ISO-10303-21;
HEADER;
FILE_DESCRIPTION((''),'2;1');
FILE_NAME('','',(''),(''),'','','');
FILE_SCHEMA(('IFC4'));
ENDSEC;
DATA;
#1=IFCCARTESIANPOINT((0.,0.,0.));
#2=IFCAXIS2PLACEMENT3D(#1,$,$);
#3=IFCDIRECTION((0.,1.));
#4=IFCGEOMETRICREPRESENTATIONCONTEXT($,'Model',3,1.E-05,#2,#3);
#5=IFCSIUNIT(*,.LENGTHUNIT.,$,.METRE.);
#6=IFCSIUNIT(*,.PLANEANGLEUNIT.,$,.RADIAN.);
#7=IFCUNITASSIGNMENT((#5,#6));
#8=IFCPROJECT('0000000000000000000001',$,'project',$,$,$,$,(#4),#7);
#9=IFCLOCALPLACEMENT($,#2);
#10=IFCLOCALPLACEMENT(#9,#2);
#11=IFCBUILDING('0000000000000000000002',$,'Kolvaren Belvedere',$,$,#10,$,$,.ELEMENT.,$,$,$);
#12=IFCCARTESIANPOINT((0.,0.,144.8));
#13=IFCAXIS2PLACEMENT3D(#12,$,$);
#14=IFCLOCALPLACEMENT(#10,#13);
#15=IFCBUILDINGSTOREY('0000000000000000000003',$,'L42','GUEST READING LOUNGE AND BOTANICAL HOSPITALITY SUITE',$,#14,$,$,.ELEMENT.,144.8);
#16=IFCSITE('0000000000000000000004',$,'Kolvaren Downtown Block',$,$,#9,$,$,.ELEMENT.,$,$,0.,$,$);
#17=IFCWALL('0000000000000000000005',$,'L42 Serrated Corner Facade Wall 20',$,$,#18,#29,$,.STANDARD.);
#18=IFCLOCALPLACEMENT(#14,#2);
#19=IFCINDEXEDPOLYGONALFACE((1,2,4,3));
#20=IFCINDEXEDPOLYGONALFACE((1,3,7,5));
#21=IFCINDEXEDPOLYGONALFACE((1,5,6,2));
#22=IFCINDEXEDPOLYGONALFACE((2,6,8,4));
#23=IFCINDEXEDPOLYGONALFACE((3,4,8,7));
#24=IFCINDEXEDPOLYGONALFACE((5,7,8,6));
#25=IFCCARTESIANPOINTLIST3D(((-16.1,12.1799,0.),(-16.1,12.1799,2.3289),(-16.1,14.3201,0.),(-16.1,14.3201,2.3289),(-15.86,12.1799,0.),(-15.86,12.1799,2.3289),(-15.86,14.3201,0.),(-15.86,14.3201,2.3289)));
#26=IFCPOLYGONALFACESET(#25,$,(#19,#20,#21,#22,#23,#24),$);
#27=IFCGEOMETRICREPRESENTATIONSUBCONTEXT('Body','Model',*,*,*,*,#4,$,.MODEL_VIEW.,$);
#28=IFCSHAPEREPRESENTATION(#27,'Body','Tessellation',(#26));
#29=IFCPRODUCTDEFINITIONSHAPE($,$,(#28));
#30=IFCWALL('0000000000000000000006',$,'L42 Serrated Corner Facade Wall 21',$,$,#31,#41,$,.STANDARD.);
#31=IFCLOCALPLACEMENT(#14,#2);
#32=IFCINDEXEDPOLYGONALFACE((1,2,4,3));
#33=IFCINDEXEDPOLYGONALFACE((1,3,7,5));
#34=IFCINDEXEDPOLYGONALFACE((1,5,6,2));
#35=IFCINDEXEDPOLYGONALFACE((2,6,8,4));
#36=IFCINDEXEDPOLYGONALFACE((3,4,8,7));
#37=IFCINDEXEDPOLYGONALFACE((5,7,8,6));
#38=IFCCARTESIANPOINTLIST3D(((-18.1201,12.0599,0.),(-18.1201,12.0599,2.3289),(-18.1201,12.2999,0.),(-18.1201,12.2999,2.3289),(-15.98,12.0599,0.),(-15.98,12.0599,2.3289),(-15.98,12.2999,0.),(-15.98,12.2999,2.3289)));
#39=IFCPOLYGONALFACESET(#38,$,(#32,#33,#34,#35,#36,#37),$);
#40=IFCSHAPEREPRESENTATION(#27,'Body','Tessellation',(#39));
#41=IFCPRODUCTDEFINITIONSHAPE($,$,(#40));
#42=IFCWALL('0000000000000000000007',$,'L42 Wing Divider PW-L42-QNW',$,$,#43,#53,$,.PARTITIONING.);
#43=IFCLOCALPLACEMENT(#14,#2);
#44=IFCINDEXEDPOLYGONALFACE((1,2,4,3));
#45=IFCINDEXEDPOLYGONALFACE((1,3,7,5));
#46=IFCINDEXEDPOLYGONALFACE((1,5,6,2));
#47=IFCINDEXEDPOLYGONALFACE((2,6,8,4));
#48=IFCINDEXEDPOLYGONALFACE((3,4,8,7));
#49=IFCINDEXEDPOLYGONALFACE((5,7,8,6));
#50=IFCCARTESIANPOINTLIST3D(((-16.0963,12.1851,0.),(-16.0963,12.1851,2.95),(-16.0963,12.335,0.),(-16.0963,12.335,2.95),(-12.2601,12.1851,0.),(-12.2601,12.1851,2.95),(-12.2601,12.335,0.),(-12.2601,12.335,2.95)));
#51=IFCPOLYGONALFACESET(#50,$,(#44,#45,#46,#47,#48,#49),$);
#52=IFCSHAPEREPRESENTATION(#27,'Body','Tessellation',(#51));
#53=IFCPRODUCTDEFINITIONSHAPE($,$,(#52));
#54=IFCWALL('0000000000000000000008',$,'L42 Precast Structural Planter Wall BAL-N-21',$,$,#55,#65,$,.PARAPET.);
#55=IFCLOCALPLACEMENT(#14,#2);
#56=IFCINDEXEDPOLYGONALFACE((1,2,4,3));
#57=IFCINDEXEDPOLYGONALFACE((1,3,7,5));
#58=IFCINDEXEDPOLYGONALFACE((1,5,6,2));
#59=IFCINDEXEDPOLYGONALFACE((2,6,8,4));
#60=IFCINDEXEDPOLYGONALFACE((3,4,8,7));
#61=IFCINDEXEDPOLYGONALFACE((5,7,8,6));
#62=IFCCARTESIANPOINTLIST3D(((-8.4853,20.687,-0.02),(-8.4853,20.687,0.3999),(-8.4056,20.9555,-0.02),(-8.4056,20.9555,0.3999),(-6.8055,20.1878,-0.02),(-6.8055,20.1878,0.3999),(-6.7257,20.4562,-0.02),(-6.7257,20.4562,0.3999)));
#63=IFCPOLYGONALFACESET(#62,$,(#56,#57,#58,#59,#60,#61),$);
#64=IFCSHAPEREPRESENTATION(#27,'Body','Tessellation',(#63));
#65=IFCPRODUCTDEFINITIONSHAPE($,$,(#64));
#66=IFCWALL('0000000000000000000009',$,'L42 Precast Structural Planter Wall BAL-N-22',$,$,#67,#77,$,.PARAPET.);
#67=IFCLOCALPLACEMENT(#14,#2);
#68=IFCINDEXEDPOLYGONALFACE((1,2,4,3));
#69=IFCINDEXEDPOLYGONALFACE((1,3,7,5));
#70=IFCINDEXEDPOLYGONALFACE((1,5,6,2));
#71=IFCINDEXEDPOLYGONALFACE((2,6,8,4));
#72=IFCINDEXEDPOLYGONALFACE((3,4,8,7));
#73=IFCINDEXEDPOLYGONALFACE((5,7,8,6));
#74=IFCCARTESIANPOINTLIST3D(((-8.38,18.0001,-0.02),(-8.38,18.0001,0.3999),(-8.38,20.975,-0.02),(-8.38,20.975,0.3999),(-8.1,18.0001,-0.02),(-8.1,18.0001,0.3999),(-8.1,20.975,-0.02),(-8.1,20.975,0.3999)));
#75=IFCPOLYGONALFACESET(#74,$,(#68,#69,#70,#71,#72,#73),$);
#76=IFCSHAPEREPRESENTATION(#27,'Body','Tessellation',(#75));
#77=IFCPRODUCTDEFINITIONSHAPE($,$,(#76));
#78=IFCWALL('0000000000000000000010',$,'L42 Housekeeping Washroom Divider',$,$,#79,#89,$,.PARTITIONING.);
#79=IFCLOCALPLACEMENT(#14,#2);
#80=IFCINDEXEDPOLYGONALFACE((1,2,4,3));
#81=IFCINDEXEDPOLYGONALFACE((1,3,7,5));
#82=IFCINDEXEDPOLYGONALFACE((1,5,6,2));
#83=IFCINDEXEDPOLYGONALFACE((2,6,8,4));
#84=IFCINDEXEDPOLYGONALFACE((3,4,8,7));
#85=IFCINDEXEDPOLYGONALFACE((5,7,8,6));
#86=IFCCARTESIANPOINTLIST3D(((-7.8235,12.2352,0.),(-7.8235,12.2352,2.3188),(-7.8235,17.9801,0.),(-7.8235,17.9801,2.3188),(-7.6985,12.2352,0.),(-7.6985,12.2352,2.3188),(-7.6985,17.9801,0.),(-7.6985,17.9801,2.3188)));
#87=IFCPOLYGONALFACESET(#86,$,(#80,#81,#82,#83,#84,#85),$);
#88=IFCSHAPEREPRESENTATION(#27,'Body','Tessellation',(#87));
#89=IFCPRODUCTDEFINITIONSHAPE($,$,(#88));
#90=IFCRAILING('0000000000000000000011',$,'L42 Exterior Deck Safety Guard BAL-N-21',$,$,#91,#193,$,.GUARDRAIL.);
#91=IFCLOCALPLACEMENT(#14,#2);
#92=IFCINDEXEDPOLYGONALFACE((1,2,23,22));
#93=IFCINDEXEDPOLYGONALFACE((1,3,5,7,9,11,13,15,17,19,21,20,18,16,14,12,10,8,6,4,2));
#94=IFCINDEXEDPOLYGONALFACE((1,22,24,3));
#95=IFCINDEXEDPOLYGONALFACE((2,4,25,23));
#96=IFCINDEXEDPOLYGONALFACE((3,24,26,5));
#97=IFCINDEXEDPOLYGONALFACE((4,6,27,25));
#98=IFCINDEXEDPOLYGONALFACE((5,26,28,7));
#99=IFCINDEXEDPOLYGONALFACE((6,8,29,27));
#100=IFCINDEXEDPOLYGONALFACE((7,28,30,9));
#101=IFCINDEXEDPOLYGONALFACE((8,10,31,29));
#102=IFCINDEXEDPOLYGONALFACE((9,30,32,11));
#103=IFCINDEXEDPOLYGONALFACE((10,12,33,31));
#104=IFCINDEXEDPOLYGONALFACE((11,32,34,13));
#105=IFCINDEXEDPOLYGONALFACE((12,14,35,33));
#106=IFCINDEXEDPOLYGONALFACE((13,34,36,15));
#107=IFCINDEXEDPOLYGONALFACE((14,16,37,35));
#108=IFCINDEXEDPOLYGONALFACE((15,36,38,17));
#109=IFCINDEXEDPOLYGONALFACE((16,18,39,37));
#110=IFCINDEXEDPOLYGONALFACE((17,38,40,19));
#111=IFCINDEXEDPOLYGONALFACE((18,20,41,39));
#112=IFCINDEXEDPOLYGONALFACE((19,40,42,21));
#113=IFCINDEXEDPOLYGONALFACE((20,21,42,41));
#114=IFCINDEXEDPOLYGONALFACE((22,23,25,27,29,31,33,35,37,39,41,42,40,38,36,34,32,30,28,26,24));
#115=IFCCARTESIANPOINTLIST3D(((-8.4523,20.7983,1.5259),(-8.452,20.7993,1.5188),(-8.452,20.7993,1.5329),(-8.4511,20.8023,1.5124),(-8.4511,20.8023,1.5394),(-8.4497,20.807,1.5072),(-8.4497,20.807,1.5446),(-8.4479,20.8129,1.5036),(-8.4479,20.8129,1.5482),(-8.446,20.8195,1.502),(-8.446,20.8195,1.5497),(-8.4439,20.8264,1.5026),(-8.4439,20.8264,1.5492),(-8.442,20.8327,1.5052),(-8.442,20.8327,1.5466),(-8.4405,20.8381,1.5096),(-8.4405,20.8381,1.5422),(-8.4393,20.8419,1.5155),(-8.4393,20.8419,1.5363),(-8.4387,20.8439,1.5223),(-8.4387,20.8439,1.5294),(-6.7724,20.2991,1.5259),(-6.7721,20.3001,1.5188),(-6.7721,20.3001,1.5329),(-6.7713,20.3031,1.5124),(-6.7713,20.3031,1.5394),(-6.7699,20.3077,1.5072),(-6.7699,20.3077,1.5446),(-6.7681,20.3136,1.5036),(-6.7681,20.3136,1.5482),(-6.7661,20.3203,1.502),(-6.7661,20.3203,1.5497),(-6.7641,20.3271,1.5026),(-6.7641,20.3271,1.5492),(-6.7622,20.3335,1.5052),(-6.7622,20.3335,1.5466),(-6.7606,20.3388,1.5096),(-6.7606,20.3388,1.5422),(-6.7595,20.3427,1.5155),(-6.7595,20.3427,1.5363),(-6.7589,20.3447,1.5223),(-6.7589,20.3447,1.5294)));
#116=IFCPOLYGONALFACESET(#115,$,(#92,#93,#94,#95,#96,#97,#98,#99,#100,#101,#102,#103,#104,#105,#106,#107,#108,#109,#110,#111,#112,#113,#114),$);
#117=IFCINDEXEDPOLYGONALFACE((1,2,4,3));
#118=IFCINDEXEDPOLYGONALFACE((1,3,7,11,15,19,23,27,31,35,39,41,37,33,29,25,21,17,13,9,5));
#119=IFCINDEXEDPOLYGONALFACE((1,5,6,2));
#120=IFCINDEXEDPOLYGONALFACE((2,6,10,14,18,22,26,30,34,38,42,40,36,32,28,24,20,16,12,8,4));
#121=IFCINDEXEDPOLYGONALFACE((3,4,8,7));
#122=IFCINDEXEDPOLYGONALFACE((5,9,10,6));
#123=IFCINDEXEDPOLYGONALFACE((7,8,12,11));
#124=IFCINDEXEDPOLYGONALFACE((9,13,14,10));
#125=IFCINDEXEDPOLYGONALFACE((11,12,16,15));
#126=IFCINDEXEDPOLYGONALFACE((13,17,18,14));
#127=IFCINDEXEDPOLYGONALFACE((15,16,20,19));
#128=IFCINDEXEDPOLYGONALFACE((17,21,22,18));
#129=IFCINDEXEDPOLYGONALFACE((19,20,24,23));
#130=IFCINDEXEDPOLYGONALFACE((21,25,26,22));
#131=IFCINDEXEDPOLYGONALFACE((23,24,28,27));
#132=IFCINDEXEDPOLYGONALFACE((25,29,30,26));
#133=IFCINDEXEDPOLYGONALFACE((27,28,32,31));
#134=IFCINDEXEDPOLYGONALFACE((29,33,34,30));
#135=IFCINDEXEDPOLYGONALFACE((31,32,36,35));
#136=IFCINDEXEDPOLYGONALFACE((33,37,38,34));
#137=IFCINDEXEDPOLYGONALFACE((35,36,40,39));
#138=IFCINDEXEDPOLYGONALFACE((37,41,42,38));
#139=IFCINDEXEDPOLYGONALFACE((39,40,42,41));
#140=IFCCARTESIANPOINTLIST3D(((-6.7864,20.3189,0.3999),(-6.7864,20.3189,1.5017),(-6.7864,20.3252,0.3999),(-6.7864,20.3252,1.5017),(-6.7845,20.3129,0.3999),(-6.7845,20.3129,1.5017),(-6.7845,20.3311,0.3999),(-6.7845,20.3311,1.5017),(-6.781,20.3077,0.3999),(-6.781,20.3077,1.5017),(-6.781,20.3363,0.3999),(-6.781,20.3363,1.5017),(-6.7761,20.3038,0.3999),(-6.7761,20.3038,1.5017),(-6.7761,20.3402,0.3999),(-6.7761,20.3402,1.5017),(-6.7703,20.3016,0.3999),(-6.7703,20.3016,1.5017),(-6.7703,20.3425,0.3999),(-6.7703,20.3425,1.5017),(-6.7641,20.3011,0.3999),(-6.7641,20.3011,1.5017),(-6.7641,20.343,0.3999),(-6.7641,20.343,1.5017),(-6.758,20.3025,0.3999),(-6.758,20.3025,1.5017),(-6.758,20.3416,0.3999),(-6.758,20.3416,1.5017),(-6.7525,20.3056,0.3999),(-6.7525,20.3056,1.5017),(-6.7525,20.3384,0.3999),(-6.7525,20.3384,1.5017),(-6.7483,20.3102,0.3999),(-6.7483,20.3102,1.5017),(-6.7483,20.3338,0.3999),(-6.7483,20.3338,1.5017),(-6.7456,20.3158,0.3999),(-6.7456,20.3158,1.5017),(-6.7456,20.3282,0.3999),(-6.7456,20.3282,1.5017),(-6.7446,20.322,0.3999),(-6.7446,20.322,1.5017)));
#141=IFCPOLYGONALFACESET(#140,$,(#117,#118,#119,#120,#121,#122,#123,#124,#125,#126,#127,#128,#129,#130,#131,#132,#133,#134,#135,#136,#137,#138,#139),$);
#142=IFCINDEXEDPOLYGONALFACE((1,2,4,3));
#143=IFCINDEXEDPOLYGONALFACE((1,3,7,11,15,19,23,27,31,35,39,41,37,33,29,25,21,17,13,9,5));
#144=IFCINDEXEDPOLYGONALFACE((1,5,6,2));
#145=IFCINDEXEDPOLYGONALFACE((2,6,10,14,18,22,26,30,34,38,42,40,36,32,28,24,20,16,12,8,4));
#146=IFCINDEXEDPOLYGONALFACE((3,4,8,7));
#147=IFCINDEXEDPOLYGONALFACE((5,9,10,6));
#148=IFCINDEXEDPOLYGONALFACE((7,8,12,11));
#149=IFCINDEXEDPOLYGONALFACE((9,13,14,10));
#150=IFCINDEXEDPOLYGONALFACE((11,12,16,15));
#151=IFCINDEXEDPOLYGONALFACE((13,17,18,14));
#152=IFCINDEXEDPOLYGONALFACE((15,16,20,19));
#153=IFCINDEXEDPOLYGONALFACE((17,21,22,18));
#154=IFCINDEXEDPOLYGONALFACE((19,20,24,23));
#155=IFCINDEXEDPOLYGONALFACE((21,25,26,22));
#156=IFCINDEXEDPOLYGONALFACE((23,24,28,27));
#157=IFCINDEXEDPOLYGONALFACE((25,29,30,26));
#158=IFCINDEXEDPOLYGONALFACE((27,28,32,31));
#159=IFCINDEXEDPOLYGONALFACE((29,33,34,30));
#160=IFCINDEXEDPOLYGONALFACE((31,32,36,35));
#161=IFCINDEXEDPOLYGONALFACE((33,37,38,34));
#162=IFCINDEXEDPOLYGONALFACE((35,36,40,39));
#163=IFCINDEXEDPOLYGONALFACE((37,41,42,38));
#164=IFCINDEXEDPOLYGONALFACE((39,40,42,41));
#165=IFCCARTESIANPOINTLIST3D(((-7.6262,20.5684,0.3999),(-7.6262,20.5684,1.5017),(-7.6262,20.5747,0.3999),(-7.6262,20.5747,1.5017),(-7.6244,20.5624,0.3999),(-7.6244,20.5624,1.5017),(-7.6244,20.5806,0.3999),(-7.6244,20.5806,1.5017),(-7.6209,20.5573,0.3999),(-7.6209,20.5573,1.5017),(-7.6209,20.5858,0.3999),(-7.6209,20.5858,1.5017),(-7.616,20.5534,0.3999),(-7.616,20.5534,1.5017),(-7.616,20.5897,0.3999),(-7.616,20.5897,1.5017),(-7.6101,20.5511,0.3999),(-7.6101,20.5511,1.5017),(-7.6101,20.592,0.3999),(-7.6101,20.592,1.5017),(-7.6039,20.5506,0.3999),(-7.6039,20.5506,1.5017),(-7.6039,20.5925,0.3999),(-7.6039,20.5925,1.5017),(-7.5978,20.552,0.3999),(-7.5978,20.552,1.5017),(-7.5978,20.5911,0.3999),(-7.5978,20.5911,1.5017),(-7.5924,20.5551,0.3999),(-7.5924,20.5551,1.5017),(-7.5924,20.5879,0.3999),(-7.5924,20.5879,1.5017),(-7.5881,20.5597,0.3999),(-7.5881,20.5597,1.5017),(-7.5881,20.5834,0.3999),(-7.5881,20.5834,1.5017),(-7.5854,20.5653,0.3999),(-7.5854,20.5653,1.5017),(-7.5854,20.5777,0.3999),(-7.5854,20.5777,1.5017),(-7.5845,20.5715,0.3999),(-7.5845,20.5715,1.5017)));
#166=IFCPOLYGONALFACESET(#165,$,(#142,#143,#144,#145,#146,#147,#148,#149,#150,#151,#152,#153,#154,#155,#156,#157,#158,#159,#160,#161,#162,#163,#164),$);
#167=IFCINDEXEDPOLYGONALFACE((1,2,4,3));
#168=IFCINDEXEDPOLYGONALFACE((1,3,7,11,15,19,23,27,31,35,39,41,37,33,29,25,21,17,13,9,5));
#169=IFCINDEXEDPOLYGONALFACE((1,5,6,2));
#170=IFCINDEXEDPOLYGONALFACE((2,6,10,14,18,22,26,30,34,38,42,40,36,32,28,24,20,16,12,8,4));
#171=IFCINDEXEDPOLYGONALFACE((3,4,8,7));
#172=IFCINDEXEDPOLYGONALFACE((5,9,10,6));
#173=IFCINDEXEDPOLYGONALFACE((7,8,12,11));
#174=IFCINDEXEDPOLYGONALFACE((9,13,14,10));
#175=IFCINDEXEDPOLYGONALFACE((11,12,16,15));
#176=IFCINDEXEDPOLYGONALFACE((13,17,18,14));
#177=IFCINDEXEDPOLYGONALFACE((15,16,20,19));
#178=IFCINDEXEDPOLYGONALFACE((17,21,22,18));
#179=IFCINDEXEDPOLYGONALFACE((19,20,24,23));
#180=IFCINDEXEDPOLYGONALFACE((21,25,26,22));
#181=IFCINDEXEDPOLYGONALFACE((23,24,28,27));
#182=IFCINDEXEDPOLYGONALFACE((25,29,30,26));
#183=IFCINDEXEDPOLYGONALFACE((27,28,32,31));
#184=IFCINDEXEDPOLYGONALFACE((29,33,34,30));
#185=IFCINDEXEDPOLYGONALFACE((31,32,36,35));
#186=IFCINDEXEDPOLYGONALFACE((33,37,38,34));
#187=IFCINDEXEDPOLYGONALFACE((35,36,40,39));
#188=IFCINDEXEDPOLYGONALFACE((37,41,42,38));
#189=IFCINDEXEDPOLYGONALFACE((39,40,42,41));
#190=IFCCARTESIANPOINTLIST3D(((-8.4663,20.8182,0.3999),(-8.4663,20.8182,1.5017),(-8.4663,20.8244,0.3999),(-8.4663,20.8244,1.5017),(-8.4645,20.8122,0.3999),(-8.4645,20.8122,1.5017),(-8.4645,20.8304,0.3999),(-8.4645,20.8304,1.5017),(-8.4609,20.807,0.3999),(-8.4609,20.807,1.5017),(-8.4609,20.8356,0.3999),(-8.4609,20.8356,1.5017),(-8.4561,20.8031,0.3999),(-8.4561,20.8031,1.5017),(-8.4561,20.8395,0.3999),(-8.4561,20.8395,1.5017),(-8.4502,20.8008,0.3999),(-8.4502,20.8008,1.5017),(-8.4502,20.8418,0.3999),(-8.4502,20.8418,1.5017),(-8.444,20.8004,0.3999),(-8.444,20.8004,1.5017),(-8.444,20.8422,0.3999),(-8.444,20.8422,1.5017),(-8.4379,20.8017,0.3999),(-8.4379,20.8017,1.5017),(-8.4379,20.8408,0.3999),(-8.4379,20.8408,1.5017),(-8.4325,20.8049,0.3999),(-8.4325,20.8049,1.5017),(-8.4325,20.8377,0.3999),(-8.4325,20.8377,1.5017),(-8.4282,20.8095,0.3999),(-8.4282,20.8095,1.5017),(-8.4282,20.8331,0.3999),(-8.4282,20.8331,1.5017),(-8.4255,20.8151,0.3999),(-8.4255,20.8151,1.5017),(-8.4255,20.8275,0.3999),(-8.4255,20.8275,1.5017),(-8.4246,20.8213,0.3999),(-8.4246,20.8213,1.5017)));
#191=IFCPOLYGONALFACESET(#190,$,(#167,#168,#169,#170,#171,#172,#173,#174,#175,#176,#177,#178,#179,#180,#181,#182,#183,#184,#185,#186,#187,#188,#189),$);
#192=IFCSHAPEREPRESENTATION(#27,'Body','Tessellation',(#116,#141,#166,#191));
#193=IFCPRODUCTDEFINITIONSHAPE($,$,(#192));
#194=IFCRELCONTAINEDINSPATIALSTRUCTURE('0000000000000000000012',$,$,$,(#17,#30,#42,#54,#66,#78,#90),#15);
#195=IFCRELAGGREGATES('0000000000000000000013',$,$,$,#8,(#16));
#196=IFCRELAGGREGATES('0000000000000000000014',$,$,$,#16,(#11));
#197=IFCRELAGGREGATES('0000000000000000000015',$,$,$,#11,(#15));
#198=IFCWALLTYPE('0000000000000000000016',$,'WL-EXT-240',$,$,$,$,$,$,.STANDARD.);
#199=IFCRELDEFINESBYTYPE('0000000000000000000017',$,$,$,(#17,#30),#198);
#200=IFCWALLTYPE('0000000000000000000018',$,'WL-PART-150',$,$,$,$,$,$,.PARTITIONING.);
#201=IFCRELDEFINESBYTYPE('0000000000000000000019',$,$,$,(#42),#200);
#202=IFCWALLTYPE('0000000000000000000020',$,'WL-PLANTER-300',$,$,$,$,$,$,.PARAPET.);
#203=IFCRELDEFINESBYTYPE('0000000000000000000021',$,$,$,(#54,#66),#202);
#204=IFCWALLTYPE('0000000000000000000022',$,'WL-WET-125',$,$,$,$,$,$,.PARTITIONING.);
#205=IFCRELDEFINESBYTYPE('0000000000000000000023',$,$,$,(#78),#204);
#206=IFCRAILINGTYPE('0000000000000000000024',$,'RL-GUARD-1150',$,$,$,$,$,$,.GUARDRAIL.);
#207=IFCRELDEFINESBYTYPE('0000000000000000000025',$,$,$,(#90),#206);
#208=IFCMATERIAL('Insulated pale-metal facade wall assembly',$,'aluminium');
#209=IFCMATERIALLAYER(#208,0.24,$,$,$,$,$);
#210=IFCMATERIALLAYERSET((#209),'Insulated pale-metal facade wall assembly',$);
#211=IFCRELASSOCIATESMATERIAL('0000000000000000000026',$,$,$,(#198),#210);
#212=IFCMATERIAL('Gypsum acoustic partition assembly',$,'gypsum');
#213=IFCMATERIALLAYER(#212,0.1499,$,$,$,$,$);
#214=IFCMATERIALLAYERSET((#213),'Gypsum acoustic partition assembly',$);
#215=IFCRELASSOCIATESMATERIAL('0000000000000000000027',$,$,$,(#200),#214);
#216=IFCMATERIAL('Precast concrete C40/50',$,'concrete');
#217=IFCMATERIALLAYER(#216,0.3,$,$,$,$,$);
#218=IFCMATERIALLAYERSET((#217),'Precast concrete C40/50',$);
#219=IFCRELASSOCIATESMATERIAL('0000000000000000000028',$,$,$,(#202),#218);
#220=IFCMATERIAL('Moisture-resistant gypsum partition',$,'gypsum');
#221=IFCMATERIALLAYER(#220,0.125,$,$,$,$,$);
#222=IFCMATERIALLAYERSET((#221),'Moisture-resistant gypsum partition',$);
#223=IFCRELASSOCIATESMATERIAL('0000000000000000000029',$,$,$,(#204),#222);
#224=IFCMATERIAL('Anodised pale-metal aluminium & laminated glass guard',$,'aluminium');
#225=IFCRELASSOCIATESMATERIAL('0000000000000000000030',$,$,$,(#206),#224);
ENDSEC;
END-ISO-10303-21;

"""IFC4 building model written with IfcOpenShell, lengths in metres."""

from ifc_helpers import new_model, si_unit, direction, frame, frame_2d, origin, origin_2d, place, context, subcontext, project, spatial, rectangle, circle, extrude, material, layer, layer_set, type_object, element, save


model = new_model("IFC4")

# Units and contexts
model_context = context("Model", 3, precision=1e-05, world=origin(), true_north=direction((0.0, 1.0)))
body_context = subcontext(model_context, "Body", "Model", "MODEL_VIEW")
ifc_project = project(units=[si_unit("LENGTHUNIT", "METRE"), si_unit("PLANEANGLEUNIT", "RADIAN")], contexts=[model_context])

# Site, building, storey
site_placement = place(None, origin())
site = spatial("IfcSite", under=ifc_project, at=site_placement, Name="Kolvaren Downtown Block", CompositionType="ELEMENT", RefElevation=0.0)
building_placement = place(site_placement, origin())
building = spatial("IfcBuilding", under=site, at=building_placement, Name="Kolvaren Belvedere", CompositionType="ELEMENT")
storey_placement = place(building_placement, frame((0.0, 0.0, 144.8)))
storey = spatial("IfcBuildingStorey", under=building, at=storey_placement, Name="L42", Description="GUEST READING LOUNGE AND BOTANICAL HOSPITALITY SUITE", CompositionType="ELEMENT", Elevation=144.8)

# Walls
ifc_material_1 = material(Name="Insulated pale-metal facade wall assembly", Category="aluminium")
ifc_layer_1 = layer(ifc_material_1, 0.24)
ifc_layer_set_1 = layer_set([ifc_layer_1], Name="Insulated pale-metal facade wall assembly")
wall_type_1 = type_object("IfcWallType", Name="WL-EXT-240", PredefinedType="STANDARD", material=ifc_layer_set_1)
for number, where, z_axis, x_axis, name in (
    (1, (-15.98, 12.1799, 0.0), (0.0, 0.0, 1.0), (0.0, 1.0, 0.0), "L42 Serrated Corner Facade Wall 20"),
    (2, (-18.1201, 12.1799, 0.0), (0.0, 0.0, 1.0), (1.0, 0.0, 0.0), "L42 Serrated Corner Facade Wall 21"),
):
    element("IfcWall", number, at=place(storey_placement, frame(where, z_axis=z_axis, x_axis=x_axis)), inside=storey, type_object=wall_type_1, Name=name, PredefinedType="STANDARD", context=body_context, shape_type="SweptSolid", body=[
        extrude(rectangle(XDim=2.1401, YDim=0.24, at=frame_2d((1.0701, 0.0))), origin(), (0.0, 0.0, 1.0), 2.3289),
    ])
ifc_material_2 = material(Name="Gypsum acoustic partition assembly", Category="gypsum")
ifc_layer_2 = layer(ifc_material_2, 0.1499)
ifc_layer_set_2 = layer_set([ifc_layer_2], Name="Gypsum acoustic partition assembly")
wall_type_2 = type_object("IfcWallType", Name="WL-PART-150", PredefinedType="PARTITIONING", material=ifc_layer_set_2)
wall_1_placement = place(storey_placement, frame((-16.0962, 12.26, 0.0), z_axis=(0.0, 0.0, 1.0), x_axis=(1.0, 0.0, 0.0)))
element("IfcWall", 3, at=wall_1_placement, inside=storey, type_object=wall_type_2, Name="L42 Wing Divider PW-L42-QNW", PredefinedType="PARTITIONING", context=body_context, shape_type="SweptSolid", body=[
    extrude(rectangle(XDim=3.8362, YDim=0.1499, at=frame_2d((1.918, 0.0))), origin(), (0.0, 0.0, 1.0), 2.95),
])
ifc_material_3 = material(Name="Precast concrete C40/50", Category="concrete")
ifc_layer_3 = layer(ifc_material_3, 0.3)
ifc_layer_set_3 = layer_set([ifc_layer_3], Name="Precast concrete C40/50")
wall_type_3 = type_object("IfcWallType", Name="WL-PLANTER-300", PredefinedType="PARAPET", material=ifc_layer_set_3)
wall_2_placement = place(storey_placement, frame((-6.7656, 20.322, -0.02), z_axis=(0.0, 0.0, 1.0), x_axis=(-0.958563, 0.28488, 0.0)))
element("IfcWall", 4, at=wall_2_placement, inside=storey, type_object=wall_type_3, Name="L42 Precast Structural Planter Wall BAL-N-21", PredefinedType="PARAPET", context=body_context, shape_type="SweptSolid", body=[
    extrude(rectangle(XDim=1.7524, YDim=0.28, at=frame_2d((0.8762, 0.0))), origin(), (0.0, 0.0, 1.0), 0.4199),
])
wall_3_placement = place(storey_placement, frame((-8.24, 20.9749, -0.02), z_axis=(0.0, 0.0, 1.0), x_axis=(0.0, -1.0, 0.0)))
element("IfcWall", 5, at=wall_3_placement, inside=storey, type_object=wall_type_3, Name="L42 Precast Structural Planter Wall BAL-N-22", PredefinedType="PARAPET", context=body_context, shape_type="SweptSolid", body=[
    extrude(rectangle(XDim=2.9749, YDim=0.28, at=frame_2d((1.4873, 0.0))), origin(), (0.0, 0.0, 1.0), 0.4199),
])
ifc_material_4 = material(Name="Moisture-resistant gypsum partition", Category="gypsum")
ifc_layer_4 = layer(ifc_material_4, 0.125)
ifc_layer_set_4 = layer_set([ifc_layer_4], Name="Moisture-resistant gypsum partition")
wall_type_4 = type_object("IfcWallType", Name="WL-WET-125", PredefinedType="PARTITIONING", material=ifc_layer_set_4)
wall_4_placement = place(storey_placement, frame((-7.761, 12.2351, 0.0), z_axis=(0.0, 0.0, 1.0), x_axis=(0.0, 1.0, 0.0)))
element("IfcWall", 6, at=wall_4_placement, inside=storey, type_object=wall_type_4, Name="L42 Housekeeping Washroom Divider", PredefinedType="PARTITIONING", context=body_context, shape_type="SweptSolid", body=[
    extrude(rectangle(XDim=5.7449, YDim=0.125, at=frame_2d((2.8726, 0.0))), origin(), (0.0, 0.0, 1.0), 2.3188),
])

# Railing
ifc_material_5 = material(Name="Anodised pale-metal aluminium & laminated glass guard", Category="aluminium")
railing_type = type_object("IfcRailingType", Name="RL-GUARD-1150", PredefinedType="GUARDRAIL", material=ifc_material_5)
railing_1_placement = place(storey_placement, frame((-6.7656, 20.322, 0.3999)))
element("IfcRailing", 7, at=railing_1_placement, inside=storey, type_object=railing_type, Name="L42 Exterior Deck Safety Guard BAL-N-21", PredefinedType="GUARDRAIL", context=body_context, shape_type="SweptSolid", body=[
    extrude(circle(Radius=0.0239, at=origin_2d()), frame((0.0, 0.0, 1.126), z_axis=(-0.958563, 0.28488, 0.0), x_axis=(-0.28488, -0.958563, 0.0)), (0.0, 0.0, 1.0), 1.7524),
    extrude(circle(Radius=0.021, at=origin_2d()), origin(), (0.0, 0.0, 1.0), 1.1018),
    extrude(circle(Radius=0.021, at=origin_2d()), frame((-0.8398, 0.2495, 0.0)), (0.0, 0.0, 1.0), 1.1018),
    extrude(circle(Radius=0.021, at=origin_2d()), frame((-1.6799, 0.4993, 0.0)), (0.0, 0.0, 1.0), 1.1018),
])

save(model, "model.ifc")
